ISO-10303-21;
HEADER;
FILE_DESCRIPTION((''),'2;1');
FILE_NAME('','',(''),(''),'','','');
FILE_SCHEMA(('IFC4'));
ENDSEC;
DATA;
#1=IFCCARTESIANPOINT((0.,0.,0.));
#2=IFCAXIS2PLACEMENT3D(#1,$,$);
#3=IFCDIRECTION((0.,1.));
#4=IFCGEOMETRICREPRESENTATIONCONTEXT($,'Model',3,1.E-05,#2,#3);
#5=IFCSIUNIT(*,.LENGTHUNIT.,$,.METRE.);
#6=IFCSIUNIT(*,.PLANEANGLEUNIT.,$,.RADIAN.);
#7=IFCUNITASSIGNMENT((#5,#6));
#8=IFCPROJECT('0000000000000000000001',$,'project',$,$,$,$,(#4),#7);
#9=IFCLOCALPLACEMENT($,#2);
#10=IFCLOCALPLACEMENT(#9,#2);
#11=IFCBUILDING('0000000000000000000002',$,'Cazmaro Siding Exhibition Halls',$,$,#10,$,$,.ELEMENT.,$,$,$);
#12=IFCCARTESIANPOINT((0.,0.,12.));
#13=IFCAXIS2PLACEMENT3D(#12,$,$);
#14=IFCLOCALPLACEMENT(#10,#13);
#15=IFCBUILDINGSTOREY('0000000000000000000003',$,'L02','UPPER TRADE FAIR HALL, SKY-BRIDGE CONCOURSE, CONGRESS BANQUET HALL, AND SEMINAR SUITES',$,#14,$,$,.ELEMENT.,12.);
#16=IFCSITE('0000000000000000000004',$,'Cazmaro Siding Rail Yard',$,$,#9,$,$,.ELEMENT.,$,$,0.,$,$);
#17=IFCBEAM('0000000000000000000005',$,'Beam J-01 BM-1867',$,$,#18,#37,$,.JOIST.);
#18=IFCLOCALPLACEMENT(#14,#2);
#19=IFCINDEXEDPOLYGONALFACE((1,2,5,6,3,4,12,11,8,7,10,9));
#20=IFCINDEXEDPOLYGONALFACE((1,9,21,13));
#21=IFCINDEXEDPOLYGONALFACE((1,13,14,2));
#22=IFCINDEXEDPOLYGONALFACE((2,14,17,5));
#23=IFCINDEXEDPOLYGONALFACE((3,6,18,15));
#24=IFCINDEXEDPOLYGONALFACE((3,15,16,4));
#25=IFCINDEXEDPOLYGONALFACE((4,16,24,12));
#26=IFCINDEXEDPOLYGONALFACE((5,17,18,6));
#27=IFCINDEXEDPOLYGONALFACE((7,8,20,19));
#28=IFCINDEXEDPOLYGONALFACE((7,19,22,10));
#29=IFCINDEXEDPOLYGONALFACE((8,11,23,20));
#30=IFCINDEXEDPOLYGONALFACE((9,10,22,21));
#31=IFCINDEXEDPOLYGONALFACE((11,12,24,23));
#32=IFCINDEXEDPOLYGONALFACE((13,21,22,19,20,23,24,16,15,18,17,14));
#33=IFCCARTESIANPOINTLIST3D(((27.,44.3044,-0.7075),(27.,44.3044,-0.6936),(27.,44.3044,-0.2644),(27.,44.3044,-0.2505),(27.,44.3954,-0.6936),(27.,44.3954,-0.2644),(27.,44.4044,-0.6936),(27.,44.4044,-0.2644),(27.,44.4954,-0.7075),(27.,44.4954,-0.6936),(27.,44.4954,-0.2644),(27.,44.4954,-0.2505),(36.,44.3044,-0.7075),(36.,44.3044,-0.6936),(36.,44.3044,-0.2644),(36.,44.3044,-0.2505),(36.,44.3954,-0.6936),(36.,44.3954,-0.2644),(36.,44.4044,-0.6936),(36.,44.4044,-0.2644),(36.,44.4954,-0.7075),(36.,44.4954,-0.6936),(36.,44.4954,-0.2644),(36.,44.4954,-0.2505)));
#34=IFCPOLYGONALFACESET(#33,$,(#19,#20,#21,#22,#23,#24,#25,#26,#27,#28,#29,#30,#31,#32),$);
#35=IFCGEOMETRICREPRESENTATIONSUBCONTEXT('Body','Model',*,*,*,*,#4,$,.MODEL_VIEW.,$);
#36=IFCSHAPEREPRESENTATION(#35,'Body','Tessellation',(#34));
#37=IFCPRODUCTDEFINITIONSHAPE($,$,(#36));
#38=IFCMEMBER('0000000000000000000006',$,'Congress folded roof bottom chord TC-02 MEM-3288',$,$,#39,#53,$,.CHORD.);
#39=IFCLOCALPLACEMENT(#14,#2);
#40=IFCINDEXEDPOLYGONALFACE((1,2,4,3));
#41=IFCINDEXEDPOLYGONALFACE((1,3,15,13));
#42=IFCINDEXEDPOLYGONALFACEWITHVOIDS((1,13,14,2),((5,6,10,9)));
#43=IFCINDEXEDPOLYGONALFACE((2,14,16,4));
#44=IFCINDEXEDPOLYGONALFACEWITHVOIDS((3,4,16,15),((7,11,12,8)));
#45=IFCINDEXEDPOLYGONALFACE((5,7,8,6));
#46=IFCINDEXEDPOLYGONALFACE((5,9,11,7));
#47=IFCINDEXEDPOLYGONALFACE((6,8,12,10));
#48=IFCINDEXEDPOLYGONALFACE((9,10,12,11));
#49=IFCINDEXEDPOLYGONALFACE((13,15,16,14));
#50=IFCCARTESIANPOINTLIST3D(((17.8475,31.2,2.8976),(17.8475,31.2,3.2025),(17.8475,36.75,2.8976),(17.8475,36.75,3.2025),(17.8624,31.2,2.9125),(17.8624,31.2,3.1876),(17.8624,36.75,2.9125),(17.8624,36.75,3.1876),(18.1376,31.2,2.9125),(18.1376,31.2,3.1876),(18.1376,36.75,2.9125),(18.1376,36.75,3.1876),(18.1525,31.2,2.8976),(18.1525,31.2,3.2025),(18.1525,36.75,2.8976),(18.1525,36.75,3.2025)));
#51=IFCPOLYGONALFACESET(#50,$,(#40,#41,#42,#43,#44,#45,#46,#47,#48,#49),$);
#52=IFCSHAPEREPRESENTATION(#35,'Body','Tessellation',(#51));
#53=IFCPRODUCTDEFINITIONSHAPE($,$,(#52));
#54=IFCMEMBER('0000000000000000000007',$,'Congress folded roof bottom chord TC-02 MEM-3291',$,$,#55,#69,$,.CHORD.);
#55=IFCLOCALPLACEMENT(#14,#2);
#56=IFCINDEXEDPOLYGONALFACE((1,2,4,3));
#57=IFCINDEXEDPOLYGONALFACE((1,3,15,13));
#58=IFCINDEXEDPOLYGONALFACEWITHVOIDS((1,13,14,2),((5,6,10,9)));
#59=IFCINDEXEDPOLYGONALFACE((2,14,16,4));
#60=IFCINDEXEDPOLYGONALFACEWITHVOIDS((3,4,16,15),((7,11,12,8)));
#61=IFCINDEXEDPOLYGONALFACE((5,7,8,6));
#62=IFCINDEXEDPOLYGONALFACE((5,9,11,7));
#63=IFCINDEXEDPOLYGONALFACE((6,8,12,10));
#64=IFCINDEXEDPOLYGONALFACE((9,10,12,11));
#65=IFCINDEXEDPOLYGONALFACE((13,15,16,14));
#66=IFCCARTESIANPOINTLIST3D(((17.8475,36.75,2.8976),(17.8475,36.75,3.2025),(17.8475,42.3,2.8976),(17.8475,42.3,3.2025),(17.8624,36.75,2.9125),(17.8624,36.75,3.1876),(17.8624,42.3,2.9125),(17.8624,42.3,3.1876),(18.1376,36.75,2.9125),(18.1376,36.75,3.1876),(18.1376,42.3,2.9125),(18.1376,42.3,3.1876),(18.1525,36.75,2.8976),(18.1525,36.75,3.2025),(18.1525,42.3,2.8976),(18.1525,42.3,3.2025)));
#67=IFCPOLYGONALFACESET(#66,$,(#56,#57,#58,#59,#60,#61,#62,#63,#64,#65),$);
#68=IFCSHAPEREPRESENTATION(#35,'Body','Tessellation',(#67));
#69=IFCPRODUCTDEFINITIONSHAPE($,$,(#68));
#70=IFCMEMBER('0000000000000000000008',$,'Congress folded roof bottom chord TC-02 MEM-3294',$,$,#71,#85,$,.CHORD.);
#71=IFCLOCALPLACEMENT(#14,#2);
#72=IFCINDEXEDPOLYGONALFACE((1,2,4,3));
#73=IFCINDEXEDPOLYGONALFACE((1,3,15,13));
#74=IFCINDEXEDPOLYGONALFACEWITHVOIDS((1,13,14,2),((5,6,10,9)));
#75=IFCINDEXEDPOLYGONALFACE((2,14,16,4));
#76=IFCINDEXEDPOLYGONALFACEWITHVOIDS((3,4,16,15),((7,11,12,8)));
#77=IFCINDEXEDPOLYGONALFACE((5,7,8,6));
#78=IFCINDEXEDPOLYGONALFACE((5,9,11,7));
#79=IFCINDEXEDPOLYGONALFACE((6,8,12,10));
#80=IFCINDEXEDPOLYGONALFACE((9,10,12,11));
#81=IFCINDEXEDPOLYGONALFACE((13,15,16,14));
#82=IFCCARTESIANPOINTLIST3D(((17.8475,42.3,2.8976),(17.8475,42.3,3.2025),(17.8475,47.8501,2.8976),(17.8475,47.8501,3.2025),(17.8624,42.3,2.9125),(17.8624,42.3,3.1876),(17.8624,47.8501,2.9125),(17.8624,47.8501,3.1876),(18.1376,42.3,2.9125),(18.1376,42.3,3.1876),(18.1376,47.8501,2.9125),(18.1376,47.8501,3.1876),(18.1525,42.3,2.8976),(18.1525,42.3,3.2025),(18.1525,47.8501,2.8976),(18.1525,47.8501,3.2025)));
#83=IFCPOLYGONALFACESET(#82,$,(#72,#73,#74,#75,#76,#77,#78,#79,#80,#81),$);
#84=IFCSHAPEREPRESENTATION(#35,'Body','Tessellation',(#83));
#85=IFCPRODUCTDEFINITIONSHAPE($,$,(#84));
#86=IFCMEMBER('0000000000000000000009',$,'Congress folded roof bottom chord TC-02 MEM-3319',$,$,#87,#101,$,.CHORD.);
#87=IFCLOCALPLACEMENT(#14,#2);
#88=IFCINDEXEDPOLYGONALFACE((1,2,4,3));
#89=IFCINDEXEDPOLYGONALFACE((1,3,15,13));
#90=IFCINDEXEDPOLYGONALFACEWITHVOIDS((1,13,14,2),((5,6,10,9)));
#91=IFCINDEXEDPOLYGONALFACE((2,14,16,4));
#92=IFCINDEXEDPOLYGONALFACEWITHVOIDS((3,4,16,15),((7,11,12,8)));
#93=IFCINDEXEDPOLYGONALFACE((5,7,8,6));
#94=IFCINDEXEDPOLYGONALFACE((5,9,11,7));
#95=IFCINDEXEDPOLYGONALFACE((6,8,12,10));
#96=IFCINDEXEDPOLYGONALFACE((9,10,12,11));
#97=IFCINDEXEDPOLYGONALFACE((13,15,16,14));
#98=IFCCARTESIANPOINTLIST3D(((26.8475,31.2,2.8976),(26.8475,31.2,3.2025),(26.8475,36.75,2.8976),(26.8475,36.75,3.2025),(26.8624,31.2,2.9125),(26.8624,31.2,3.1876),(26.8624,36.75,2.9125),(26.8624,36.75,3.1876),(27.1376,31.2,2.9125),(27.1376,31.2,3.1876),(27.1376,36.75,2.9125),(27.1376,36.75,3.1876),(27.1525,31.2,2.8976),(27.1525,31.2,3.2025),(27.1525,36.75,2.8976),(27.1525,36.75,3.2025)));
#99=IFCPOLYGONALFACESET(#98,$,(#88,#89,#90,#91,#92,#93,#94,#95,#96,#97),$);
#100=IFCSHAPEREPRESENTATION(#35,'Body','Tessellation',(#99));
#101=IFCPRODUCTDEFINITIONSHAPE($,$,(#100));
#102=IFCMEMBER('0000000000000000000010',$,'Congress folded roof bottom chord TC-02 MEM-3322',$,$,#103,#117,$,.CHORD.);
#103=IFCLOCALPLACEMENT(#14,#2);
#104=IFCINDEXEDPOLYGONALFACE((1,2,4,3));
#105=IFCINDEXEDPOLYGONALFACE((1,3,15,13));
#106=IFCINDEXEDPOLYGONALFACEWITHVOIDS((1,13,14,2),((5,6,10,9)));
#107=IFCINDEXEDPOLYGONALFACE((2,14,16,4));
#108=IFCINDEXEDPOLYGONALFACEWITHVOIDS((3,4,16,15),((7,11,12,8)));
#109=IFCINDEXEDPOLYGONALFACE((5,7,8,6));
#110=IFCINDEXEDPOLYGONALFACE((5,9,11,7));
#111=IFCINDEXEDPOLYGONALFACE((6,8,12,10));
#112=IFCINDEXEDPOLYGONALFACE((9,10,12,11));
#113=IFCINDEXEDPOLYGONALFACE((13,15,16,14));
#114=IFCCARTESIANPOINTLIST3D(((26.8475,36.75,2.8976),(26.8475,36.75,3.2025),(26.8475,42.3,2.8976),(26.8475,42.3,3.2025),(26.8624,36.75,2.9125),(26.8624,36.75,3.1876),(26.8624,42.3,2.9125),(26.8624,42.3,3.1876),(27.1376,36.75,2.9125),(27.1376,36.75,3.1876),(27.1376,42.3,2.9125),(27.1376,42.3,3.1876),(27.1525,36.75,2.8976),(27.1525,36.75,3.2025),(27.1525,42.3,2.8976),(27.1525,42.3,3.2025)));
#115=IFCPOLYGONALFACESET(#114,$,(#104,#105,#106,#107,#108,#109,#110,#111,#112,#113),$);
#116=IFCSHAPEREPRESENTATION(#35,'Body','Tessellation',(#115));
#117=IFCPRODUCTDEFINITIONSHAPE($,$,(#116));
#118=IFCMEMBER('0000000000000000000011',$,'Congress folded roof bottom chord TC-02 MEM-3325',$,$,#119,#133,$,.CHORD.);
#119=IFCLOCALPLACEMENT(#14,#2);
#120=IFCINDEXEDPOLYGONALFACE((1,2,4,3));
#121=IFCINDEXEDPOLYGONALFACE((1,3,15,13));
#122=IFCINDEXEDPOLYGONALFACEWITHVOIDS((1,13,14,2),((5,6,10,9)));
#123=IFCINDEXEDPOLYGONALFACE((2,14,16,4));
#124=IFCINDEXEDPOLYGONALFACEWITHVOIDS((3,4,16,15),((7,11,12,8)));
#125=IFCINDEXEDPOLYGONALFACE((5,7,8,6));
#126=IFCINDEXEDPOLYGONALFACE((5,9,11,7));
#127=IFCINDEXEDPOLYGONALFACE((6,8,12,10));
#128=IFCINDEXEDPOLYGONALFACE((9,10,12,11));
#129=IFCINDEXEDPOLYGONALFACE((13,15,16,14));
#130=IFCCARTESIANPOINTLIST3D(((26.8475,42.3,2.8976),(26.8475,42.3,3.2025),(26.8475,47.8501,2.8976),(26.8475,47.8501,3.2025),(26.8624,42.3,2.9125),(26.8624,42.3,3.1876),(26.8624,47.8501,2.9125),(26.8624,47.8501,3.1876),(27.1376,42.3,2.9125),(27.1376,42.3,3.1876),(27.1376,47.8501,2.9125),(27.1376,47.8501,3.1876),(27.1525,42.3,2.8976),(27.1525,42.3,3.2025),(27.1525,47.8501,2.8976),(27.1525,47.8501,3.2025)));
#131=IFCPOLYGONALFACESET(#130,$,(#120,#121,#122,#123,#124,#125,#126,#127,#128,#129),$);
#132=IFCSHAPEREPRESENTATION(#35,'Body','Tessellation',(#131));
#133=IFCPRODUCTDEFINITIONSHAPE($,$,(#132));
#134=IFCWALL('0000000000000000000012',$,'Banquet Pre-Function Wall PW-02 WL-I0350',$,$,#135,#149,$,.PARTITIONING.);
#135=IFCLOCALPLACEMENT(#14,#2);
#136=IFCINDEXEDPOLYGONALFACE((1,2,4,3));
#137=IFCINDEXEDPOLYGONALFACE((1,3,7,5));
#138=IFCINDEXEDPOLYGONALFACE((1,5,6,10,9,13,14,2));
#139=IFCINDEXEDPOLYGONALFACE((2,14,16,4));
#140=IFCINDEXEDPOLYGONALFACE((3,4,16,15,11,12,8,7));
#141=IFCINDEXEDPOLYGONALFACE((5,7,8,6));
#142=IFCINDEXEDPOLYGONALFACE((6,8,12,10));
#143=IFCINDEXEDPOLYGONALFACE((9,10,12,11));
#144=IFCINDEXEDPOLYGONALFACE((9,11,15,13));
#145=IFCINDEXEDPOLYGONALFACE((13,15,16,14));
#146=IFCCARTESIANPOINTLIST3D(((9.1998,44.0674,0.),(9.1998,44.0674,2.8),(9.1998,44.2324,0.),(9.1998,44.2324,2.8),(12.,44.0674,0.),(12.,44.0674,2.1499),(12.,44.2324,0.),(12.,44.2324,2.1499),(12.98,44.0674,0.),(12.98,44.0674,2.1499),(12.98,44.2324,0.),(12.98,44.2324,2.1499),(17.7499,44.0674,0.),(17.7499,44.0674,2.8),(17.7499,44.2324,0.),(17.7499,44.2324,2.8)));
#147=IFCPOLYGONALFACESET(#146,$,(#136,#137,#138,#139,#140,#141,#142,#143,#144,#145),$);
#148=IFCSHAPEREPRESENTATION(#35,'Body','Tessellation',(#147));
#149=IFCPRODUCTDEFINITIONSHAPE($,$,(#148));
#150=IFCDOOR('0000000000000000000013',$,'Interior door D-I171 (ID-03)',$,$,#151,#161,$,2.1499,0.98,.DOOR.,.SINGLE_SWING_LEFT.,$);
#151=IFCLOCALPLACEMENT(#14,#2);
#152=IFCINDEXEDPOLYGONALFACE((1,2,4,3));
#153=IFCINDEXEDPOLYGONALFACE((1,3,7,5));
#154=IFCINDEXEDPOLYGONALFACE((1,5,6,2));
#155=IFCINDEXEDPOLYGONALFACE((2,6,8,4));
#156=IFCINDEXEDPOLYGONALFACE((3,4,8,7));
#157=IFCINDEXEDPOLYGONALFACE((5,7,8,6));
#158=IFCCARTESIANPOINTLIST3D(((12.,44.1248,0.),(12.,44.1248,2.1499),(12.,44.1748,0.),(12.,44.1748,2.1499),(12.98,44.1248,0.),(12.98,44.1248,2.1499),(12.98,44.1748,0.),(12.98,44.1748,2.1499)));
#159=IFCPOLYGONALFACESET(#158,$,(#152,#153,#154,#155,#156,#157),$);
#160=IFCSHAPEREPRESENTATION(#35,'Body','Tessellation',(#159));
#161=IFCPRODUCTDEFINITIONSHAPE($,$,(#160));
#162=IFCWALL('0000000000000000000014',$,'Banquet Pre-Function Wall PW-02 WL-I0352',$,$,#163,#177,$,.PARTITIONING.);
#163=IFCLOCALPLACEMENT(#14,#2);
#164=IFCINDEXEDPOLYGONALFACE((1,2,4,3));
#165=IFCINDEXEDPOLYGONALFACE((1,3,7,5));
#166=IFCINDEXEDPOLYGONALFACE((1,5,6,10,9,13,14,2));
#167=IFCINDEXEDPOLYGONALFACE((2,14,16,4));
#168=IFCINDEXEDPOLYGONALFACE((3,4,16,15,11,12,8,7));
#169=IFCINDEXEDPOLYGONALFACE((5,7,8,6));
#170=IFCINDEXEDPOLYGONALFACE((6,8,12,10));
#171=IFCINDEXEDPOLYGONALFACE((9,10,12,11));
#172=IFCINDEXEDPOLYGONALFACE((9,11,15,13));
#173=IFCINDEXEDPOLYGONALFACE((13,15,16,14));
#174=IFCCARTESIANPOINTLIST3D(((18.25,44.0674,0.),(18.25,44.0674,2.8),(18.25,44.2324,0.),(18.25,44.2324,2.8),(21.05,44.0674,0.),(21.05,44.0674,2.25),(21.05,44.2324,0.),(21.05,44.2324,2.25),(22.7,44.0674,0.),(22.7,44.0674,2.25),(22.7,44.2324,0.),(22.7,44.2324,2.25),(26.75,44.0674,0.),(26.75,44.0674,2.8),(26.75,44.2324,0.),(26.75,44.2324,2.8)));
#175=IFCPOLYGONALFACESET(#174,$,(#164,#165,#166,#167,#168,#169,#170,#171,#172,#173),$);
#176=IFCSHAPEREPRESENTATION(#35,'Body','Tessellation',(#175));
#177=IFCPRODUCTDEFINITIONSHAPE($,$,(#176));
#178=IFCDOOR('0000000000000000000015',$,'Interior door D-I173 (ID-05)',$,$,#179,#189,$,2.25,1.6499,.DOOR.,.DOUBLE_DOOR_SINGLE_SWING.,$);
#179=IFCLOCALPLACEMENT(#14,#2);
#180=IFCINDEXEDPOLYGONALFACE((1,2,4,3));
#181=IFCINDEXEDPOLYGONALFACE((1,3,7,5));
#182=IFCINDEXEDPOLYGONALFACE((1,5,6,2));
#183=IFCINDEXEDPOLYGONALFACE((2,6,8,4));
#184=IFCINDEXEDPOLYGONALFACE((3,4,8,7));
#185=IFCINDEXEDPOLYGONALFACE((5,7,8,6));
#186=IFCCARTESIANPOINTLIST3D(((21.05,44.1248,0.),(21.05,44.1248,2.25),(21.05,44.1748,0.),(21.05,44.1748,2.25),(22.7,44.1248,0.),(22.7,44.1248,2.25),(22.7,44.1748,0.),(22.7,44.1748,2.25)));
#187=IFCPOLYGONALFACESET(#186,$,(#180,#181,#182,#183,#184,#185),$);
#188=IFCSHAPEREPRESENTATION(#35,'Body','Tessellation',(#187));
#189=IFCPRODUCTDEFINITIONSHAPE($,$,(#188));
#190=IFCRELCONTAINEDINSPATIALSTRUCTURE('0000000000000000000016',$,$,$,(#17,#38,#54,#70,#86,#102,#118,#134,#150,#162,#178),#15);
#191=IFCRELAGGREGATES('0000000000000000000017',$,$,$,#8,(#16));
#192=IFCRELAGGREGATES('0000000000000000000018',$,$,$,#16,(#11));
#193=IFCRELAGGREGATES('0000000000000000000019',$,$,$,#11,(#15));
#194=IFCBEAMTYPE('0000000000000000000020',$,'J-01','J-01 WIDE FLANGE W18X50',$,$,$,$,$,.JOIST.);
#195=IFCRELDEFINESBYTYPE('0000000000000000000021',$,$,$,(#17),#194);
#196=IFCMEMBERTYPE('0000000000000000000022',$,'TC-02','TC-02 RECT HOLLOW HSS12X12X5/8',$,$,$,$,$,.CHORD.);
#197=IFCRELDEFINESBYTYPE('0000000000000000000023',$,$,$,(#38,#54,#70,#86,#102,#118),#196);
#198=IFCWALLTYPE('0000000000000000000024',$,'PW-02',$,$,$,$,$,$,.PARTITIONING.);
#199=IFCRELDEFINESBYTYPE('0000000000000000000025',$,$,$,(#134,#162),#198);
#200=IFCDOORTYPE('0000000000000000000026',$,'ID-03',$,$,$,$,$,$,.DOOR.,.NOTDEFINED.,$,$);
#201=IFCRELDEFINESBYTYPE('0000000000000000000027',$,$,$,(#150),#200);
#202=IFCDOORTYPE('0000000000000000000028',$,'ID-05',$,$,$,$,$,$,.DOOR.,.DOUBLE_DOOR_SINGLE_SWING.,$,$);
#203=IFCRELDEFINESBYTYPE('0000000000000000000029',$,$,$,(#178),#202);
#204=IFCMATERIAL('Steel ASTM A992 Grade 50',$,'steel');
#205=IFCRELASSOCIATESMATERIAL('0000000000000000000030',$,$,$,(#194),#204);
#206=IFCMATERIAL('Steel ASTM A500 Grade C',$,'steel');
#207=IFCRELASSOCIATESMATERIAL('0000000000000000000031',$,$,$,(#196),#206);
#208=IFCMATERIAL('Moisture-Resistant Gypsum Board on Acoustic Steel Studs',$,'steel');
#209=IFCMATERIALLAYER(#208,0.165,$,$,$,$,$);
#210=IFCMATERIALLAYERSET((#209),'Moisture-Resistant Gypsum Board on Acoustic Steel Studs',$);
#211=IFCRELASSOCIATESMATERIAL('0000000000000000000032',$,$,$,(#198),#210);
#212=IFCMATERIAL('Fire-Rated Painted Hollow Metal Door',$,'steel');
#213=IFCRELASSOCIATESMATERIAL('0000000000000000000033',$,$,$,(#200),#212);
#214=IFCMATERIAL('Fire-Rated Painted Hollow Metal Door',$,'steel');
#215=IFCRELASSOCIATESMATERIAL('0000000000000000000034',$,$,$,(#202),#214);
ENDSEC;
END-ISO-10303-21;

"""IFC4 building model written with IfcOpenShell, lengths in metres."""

from ifc_helpers import new_model, si_unit, direction, frame, frame_2d, origin, origin_2d, place, context, subcontext, project, spatial, rectangle, hollow_rectangle, i_section, extrude, material, layer, layer_set, material_profile, profile_set, type_object, element, fill, save


model = new_model("IFC4")

# Units and contexts
model_context = context("Model", 3, precision=1e-05, world=origin(), true_north=direction((0.0, 1.0)))
body_context = subcontext(model_context, "Body", "Model", "MODEL_VIEW")
ifc_project = project(units=[si_unit("LENGTHUNIT", "METRE"), si_unit("PLANEANGLEUNIT", "RADIAN")], contexts=[model_context])

# Site, building, storey
site_placement = place(None, origin())
site = spatial("IfcSite", under=ifc_project, at=site_placement, Name="Cazmaro Siding Rail Yard", CompositionType="ELEMENT", RefElevation=0.0)
building_placement = place(site_placement, origin())
building = spatial("IfcBuilding", under=site, at=building_placement, Name="Cazmaro Siding Exhibition Halls", CompositionType="ELEMENT")
storey_placement = place(building_placement, frame((0.0, 0.0, 12.0)))
storey = spatial("IfcBuildingStorey", under=building, at=storey_placement, Name="L02", Description="UPPER TRADE FAIR HALL, SKY-BRIDGE CONCOURSE, CONGRESS BANQUET HALL, AND SEMINAR SUITES", CompositionType="ELEMENT", Elevation=12.0)

# Beam
ifc_material_1 = material(Name="Steel ASTM A992 Grade 50", Category="steel")
ifc_material_profile_1 = material_profile(ifc_material_1, i_section(OverallWidth=0.1909, OverallDepth=0.457, WebThickness=0.009, FlangeThickness=0.0139, at=origin_2d()), Name="W18X50")
ifc_profile_set_1 = profile_set([ifc_material_profile_1], Name="Steel ASTM A992 Grade 50")
beam_type = type_object("IfcBeamType", Name="J-01", Description="J-01 WIDE FLANGE W18X50", PredefinedType="JOIST", material=ifc_profile_set_1)
for number, where, z_axis, x_axis, name in (
    (1, (27.0, 44.3999, -0.479), (1.0, 0.0, 0.0), (0.0, 1.0, 0.0), "Beam J-01 BM-1867"),
):
    element("IfcBeam", number, at=place(storey_placement, frame(where, z_axis=z_axis, x_axis=x_axis)), inside=storey, type_object=beam_type, Name=name, PredefinedType="JOIST", context=body_context, shape_type="SweptSolid", body=[
        extrude(i_section(OverallWidth=0.1909, OverallDepth=0.457, WebThickness=0.009, FlangeThickness=0.0139, at=origin_2d()), origin(), (0.0, 0.0, 1.0), 9.0),
    ])

# Members
ifc_material_2 = material(Name="Steel ASTM A500 Grade C", Category="steel")
ifc_material_profile_2 = material_profile(ifc_material_2, hollow_rectangle(XDim=0.3049, YDim=0.3049, WallThickness=0.0149, at=origin_2d()), Name="HSS12X12X5/8")
ifc_profile_set_2 = profile_set([ifc_material_profile_2], Name="Steel ASTM A500 Grade C")
member_type = type_object("IfcMemberType", Name="TC-02", Description="TC-02 RECT HOLLOW HSS12X12X5/8", PredefinedType="CHORD", material=ifc_profile_set_2)
for number, where, z_axis, x_axis, name in (
    (2, (18.0, 31.2, 3.05), (0.0, 1.0, 0.0), (-1.0, 0.0, 0.0), "Congress folded roof bottom chord TC-02 MEM-3288"),
    (3, (18.0, 36.75, 3.05), (0.0, 1.0, 0.0), (-1.0, 0.0, 0.0), "Congress folded roof bottom chord TC-02 MEM-3291"),
    (4, (18.0, 42.3, 3.05), (0.0, 1.0, 0.0), (-1.0, 0.0, 0.0), "Congress folded roof bottom chord TC-02 MEM-3294"),
    (5, (27.0, 31.2, 3.05), (0.0, 1.0, 0.0), (-1.0, 0.0, 0.0), "Congress folded roof bottom chord TC-02 MEM-3319"),
    (6, (27.0, 36.75, 3.05), (0.0, 1.0, 0.0), (-1.0, 0.0, 0.0), "Congress folded roof bottom chord TC-02 MEM-3322"),
    (7, (27.0, 42.3, 3.05), (0.0, 1.0, 0.0), (-1.0, 0.0, 0.0), "Congress folded roof bottom chord TC-02 MEM-3325"),
):
    element("IfcMember", number, at=place(storey_placement, frame(where, z_axis=z_axis, x_axis=x_axis)), inside=storey, type_object=member_type, Name=name, PredefinedType="CHORD", context=body_context, shape_type="SweptSolid", body=[
        extrude(hollow_rectangle(XDim=0.3049, YDim=0.3049, WallThickness=0.0149, at=origin_2d()), origin(), (0.0, 0.0, 1.0), 5.55),
    ])

# Walls, openings, doors
ifc_material_3 = material(Name="Moisture-Resistant Gypsum Board on Acoustic Steel Studs", Category="steel")
ifc_layer = layer(ifc_material_3, 0.165)
ifc_layer_set = layer_set([ifc_layer], Name="Moisture-Resistant Gypsum Board on Acoustic Steel Studs")
wall_type = type_object("IfcWallType", Name="PW-02", PredefinedType="PARTITIONING", material=ifc_layer_set)
wall_1_placement = place(storey_placement, frame((9.2, 44.1499, 0.0), z_axis=(0.0, 0.0, 1.0), x_axis=(1.0, 0.0, 0.0)))
wall_1 = element("IfcWall", 8, at=wall_1_placement, inside=storey, type_object=wall_type, Name="Banquet Pre-Function Wall PW-02 WL-I0350", PredefinedType="PARTITIONING", context=body_context, shape_type="SweptSolid", body=[
    extrude(rectangle(XDim=8.55, YDim=0.165, at=frame_2d((4.2749, 0.0))), origin(), (0.0, 0.0, 1.0), 2.8),
])
opening_1_placement = place(wall_1_placement, frame((2.8, 0.0, 0.0)))
opening_1 = element("IfcOpeningElement", 9, at=opening_1_placement, cuts=wall_1, PredefinedType="OPENING", context=body_context, shape_type="SweptSolid", body=[
    extrude(rectangle(XDim=0.98, YDim=2.1499, at=frame_2d((0.49, 1.075))), frame((0.0, 0.0925, 0.0), z_axis=(0.0, -1.0, 0.0), x_axis=(1.0, 0.0, 0.0)), (0.0, 0.0, 1.0), 0.1851),
])
ifc_material_4 = material(Name="Fire-Rated Painted Hollow Metal Door", Category="steel")
door_type_1 = type_object("IfcDoorType", Name="ID-03", OperationType="NOTDEFINED", PredefinedType="DOOR", material=ifc_material_4)
door_1_placement = place(opening_1_placement, origin())
door_1 = element("IfcDoor", 10, at=door_1_placement, inside=storey, type_object=door_type_1, Name="Interior door D-I171 (ID-03)", OperationType="SINGLE_SWING_LEFT", OverallHeight=2.1499, OverallWidth=0.98, PredefinedType="DOOR", context=body_context, shape_type="SweptSolid", body=[
    extrude(rectangle(XDim=0.98, YDim=2.1499, at=frame_2d((0.49, 1.075))), frame((0.0, 0.0249, 0.0), z_axis=(0.0, -1.0, 0.0), x_axis=(1.0, 0.0, 0.0)), (0.0, 0.0, 1.0), 0.05),
])
fill(opening_1, door_1)
wall_2_placement = place(storey_placement, frame((18.25, 44.1499, 0.0), z_axis=(0.0, 0.0, 1.0), x_axis=(1.0, 0.0, 0.0)))
wall_2 = element("IfcWall", 11, at=wall_2_placement, inside=storey, type_object=wall_type, Name="Banquet Pre-Function Wall PW-02 WL-I0352", PredefinedType="PARTITIONING", context=body_context, shape_type="SweptSolid", body=[
    extrude(rectangle(XDim=8.5, YDim=0.165, at=frame_2d((4.25, 0.0))), origin(), (0.0, 0.0, 1.0), 2.8),
])
opening_2_placement = place(wall_2_placement, frame((2.8, 0.0, 0.0)))
opening_2 = element("IfcOpeningElement", 12, at=opening_2_placement, cuts=wall_2, PredefinedType="OPENING", context=body_context, shape_type="SweptSolid", body=[
    extrude(rectangle(XDim=1.6499, YDim=2.25, at=frame_2d((0.825, 1.125))), frame((0.0, 0.0925, 0.0), z_axis=(0.0, -1.0, 0.0), x_axis=(1.0, 0.0, 0.0)), (0.0, 0.0, 1.0), 0.1851),
])
ifc_material_5 = material(Name="Fire-Rated Painted Hollow Metal Door", Category="steel")
door_type_2 = type_object("IfcDoorType", Name="ID-05", OperationType="DOUBLE_DOOR_SINGLE_SWING", PredefinedType="DOOR", material=ifc_material_5)
door_2_placement = place(opening_2_placement, origin())
door_2 = element("IfcDoor", 13, at=door_2_placement, inside=storey, type_object=door_type_2, Name="Interior door D-I173 (ID-05)", OperationType="DOUBLE_DOOR_SINGLE_SWING", OverallHeight=2.25, OverallWidth=1.6499, PredefinedType="DOOR", context=body_context, shape_type="SweptSolid", body=[
    extrude(rectangle(XDim=1.6499, YDim=2.25, at=frame_2d((0.825, 1.125))), frame((0.0, 0.0249, 0.0), z_axis=(0.0, -1.0, 0.0), x_axis=(1.0, 0.0, 0.0)), (0.0, 0.0, 1.0), 0.05),
])
fill(opening_2, door_2)

save(model, "model.ifc")
